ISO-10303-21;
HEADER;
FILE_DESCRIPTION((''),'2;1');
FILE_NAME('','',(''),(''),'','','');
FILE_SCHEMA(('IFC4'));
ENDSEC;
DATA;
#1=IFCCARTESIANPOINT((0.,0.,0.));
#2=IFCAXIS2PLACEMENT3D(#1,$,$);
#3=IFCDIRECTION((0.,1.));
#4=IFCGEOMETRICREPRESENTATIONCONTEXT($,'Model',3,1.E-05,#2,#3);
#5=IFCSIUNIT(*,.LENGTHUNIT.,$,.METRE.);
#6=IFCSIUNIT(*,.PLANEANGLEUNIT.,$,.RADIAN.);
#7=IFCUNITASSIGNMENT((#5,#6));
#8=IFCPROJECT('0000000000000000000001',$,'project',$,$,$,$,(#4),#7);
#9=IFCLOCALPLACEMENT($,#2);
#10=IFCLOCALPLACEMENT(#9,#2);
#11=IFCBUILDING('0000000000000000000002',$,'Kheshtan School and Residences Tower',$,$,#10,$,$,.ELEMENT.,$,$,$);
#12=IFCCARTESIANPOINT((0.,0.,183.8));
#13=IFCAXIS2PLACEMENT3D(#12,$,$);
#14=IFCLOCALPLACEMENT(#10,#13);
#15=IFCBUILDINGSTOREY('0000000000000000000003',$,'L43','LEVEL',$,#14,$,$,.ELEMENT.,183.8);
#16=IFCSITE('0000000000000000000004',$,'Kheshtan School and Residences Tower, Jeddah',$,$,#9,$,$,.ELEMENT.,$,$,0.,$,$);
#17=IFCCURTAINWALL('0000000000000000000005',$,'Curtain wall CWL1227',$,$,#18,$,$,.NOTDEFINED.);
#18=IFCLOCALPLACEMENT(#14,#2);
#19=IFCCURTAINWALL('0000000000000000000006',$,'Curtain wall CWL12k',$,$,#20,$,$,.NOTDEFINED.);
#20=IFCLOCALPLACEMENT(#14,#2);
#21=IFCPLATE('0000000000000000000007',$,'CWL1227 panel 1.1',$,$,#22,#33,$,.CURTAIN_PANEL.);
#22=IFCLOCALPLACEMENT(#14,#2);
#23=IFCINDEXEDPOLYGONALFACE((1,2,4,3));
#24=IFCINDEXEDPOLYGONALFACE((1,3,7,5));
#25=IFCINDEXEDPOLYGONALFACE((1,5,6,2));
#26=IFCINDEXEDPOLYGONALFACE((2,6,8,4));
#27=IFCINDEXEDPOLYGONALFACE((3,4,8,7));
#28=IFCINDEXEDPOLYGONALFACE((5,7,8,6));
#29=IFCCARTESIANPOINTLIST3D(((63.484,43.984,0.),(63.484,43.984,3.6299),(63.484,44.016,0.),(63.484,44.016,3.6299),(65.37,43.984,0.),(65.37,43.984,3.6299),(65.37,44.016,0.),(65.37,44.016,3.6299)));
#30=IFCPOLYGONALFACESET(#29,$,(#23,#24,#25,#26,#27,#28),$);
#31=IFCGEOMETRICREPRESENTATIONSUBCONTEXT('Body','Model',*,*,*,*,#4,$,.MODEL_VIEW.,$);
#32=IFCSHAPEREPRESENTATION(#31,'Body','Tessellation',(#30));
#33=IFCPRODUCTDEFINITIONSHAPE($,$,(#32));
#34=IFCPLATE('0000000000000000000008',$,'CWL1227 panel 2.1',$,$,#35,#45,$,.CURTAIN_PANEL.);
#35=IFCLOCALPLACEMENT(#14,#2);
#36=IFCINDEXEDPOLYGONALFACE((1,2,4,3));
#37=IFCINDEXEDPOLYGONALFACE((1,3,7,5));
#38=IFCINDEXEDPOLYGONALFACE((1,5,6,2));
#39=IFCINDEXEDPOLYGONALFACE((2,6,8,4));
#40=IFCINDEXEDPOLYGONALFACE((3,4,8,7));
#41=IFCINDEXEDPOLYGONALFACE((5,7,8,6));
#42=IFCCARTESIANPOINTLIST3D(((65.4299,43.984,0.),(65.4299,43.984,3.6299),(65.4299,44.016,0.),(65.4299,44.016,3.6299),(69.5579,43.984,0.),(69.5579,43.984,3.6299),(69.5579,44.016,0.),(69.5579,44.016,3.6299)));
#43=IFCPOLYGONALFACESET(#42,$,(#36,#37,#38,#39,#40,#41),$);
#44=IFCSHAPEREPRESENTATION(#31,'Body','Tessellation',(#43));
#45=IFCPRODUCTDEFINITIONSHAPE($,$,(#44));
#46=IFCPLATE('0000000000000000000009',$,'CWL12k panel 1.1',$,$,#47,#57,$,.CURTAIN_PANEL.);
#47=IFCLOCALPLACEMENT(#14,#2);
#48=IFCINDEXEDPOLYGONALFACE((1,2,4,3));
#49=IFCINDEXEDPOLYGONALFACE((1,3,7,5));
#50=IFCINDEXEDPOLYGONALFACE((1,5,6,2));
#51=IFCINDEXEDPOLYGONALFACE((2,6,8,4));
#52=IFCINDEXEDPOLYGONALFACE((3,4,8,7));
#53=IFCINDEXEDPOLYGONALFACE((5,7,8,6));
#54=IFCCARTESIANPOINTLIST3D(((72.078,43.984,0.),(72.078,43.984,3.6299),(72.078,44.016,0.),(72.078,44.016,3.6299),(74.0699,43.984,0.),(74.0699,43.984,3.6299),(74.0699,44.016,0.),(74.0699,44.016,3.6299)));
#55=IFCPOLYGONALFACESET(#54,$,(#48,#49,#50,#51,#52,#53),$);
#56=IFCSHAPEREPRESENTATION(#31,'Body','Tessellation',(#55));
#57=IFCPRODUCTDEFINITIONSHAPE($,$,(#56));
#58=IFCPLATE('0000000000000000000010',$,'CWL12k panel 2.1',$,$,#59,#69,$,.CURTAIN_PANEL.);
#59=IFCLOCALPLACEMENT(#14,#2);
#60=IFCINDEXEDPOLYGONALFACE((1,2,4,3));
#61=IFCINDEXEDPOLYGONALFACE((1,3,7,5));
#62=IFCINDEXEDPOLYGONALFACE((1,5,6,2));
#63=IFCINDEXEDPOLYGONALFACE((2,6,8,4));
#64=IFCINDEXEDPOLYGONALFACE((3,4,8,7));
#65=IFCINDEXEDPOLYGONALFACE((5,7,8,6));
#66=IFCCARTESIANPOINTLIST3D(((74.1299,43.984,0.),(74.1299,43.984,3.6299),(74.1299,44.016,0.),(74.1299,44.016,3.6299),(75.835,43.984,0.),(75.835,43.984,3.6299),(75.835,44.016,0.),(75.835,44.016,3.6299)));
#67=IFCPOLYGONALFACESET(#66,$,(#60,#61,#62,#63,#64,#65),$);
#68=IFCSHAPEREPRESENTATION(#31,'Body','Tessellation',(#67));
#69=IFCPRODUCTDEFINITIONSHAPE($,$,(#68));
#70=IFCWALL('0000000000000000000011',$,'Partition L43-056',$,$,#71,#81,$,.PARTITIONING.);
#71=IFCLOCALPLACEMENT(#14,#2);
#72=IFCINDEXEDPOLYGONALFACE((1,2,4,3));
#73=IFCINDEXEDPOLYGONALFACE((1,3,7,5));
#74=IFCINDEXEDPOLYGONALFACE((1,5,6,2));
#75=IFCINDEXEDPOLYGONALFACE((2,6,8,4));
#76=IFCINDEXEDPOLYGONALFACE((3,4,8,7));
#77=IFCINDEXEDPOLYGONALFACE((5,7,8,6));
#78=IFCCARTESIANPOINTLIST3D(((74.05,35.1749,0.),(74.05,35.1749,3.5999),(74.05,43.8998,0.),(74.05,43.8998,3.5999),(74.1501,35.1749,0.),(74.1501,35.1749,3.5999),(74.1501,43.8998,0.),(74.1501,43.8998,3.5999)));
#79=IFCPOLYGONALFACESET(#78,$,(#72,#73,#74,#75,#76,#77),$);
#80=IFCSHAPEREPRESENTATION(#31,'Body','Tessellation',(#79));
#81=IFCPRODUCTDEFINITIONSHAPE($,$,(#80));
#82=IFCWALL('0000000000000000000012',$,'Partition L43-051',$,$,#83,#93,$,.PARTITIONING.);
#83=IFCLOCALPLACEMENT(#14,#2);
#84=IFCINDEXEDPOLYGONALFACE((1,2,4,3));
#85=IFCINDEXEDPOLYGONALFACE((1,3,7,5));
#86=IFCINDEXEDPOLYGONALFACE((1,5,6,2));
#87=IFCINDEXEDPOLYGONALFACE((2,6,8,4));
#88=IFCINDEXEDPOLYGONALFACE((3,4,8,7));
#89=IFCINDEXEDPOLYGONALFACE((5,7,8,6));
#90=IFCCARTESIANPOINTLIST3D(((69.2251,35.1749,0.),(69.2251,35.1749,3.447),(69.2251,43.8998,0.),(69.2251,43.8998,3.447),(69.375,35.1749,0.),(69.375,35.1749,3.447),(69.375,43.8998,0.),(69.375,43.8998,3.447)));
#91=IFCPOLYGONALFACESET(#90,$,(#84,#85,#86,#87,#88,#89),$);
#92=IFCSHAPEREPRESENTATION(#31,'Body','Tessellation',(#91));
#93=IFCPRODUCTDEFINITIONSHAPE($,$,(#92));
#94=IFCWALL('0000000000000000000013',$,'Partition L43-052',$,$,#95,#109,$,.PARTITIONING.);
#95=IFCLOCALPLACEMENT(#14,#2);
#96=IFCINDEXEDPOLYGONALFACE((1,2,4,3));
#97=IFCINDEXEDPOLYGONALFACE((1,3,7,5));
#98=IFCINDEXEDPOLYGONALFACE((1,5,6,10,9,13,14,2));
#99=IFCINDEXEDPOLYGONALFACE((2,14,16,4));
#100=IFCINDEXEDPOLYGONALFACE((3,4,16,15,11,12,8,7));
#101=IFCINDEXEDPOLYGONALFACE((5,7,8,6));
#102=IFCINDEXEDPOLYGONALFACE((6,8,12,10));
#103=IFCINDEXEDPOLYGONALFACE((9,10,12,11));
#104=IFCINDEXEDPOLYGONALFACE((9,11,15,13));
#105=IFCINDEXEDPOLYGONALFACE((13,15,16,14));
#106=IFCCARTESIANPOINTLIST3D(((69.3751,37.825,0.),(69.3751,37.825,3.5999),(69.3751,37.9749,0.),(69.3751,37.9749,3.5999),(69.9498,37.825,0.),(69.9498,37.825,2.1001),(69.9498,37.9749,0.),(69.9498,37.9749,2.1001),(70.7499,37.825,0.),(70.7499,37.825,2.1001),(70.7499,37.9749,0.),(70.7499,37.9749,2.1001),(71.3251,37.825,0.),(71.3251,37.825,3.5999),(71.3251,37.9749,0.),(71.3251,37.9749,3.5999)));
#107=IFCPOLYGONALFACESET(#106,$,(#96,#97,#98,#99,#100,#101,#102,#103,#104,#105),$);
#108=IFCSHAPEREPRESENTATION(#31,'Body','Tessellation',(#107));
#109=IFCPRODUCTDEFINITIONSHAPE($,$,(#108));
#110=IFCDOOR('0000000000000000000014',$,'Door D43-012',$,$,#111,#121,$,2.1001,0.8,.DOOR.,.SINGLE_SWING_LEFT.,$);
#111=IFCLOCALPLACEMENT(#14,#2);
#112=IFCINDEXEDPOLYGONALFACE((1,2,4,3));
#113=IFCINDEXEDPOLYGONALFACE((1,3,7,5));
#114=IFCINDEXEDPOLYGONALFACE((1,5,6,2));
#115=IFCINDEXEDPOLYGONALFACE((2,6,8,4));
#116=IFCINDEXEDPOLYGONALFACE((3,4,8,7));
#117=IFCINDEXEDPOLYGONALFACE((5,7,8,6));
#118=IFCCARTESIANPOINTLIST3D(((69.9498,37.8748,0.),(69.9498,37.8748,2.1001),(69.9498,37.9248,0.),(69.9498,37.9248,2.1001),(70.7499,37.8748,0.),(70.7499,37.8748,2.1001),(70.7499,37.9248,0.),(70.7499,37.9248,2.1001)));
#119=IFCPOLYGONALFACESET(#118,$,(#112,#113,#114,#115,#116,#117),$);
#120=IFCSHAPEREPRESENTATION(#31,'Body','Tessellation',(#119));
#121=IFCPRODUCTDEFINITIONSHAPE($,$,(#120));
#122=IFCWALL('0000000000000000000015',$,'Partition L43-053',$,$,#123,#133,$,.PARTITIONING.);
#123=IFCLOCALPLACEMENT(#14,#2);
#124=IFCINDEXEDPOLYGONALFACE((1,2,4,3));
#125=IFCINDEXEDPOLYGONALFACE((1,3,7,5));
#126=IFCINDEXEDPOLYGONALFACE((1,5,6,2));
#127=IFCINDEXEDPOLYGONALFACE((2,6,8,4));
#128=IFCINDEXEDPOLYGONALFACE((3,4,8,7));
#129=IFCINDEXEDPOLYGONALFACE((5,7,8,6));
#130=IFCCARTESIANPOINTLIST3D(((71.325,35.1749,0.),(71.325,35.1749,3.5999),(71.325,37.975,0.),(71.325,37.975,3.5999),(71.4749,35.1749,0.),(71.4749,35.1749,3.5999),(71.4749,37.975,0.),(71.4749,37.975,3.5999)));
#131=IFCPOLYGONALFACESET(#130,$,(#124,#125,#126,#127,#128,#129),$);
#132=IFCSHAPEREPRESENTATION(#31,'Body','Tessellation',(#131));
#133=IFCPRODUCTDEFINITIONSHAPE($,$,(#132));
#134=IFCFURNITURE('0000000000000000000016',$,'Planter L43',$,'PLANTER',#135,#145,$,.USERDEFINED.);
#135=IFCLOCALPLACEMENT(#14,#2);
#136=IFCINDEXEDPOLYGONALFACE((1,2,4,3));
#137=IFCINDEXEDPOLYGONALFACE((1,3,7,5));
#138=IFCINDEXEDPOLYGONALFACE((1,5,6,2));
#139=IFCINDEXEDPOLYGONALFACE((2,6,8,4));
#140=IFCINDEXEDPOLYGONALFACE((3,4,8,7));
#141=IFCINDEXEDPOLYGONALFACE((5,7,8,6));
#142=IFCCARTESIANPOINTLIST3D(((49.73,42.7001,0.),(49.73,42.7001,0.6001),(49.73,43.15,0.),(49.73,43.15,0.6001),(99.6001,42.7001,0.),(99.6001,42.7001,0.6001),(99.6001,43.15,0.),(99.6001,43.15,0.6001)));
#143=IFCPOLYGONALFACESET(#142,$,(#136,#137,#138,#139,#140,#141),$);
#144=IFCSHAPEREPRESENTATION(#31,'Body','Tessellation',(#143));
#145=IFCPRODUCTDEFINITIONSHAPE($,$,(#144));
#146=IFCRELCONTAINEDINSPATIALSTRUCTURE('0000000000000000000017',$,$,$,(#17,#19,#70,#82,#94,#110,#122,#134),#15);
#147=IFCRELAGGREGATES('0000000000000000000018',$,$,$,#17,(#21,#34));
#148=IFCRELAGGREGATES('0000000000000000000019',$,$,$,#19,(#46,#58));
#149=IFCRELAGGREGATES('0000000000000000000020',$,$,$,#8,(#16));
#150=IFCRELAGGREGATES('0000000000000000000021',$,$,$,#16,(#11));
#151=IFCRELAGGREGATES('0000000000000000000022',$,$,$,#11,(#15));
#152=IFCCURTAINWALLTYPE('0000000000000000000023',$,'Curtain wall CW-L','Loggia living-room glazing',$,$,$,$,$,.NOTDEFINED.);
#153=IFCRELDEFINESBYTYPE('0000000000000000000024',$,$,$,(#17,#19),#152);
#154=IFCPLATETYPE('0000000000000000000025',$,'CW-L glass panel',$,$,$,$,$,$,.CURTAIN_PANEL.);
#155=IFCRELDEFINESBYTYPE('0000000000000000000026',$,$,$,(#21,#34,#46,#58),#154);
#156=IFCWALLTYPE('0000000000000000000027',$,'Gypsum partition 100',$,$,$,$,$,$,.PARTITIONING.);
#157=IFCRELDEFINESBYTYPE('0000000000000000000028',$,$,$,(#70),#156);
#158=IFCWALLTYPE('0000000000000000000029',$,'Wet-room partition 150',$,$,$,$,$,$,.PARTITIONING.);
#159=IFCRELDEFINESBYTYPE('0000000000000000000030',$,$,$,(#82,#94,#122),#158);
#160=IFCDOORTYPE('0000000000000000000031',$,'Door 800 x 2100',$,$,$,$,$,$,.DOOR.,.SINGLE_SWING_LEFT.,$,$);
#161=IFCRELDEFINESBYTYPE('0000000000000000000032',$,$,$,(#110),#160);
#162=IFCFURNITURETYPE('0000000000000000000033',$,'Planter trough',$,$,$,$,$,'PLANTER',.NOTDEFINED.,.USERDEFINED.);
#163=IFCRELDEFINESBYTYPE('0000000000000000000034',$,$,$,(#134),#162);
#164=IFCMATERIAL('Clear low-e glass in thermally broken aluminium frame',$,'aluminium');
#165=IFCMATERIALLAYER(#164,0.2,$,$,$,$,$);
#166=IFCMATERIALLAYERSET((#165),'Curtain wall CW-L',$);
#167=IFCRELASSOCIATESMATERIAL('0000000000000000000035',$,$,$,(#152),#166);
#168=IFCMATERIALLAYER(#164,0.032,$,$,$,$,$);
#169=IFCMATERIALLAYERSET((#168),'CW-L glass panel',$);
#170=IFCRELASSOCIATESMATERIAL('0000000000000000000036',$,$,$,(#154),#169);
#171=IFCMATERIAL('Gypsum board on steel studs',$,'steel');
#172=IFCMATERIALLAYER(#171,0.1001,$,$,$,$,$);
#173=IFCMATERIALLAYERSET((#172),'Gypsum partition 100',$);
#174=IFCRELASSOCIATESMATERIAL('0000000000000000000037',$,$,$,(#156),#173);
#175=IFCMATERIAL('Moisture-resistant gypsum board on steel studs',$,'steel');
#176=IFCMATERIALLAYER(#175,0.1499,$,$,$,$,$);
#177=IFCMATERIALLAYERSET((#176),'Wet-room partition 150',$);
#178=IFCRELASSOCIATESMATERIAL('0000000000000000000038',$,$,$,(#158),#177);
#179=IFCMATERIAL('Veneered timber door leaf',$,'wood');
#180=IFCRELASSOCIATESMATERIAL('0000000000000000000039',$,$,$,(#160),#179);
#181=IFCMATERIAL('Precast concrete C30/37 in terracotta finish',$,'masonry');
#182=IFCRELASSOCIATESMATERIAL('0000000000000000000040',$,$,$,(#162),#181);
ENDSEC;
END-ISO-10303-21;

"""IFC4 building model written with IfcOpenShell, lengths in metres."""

from ifc_helpers import new_model, si_unit, direction, frame, frame_2d, origin, origin_2d, place, context, subcontext, project, spatial, rectangle, extrude, source, transform, mapped, material, layer, layer_set, type_object, element, fill, aggregate, save


model = new_model("IFC4")

# Units and contexts
model_context = context("Model", 3, precision=1e-05, world=origin(), true_north=direction((0.0, 1.0)))
body_context = subcontext(model_context, "Body", "Model", "MODEL_VIEW")
ifc_project = project(units=[si_unit("LENGTHUNIT", "METRE"), si_unit("PLANEANGLEUNIT", "RADIAN")], contexts=[model_context])

# Site, building, storey
site_placement = place(None, origin())
site = spatial("IfcSite", under=ifc_project, at=site_placement, Name="Kheshtan School and Residences Tower, Jeddah", CompositionType="ELEMENT", RefElevation=0.0)
building_placement = place(site_placement, origin())
building = spatial("IfcBuilding", under=site, at=building_placement, Name="Kheshtan School and Residences Tower", CompositionType="ELEMENT")
storey_placement = place(building_placement, frame((0.0, 0.0, 183.8)))
storey = spatial("IfcBuildingStorey", under=building, at=storey_placement, Name="L43", Description="LEVEL", CompositionType="ELEMENT", Elevation=183.8)

# Curtain walls
ifc_material_1 = material(Name="Clear low-e glass in thermally broken aluminium frame", Category="aluminium")
ifc_layer_1 = layer(ifc_material_1, 0.2)
ifc_layer_set_1 = layer_set([ifc_layer_1], Name="Curtain wall CW-L")
curtain_wall_type = type_object("IfcCurtainWallType", Name="Curtain wall CW-L", Description="Loggia living-room glazing", PredefinedType="NOTDEFINED", material=ifc_layer_set_1)
curtain_wall_1_placement = place(storey_placement, origin())
curtain_wall_1 = element("IfcCurtainWall", 1, at=curtain_wall_1_placement, inside=storey, type_object=curtain_wall_type, Name="Curtain wall CWL1227", PredefinedType="NOTDEFINED")
curtain_wall_2_placement = place(storey_placement, origin())
curtain_wall_2 = element("IfcCurtainWall", 2, at=curtain_wall_2_placement, inside=storey, type_object=curtain_wall_type, Name="Curtain wall CWL12k", PredefinedType="NOTDEFINED")

# Plates
ifc_layer_2 = layer(ifc_material_1, 0.032)
ifc_layer_set_2 = layer_set([ifc_layer_2], Name="CW-L glass panel")
plate_type = type_object("IfcPlateType", Name="CW-L glass panel", PredefinedType="CURTAIN_PANEL", material=ifc_layer_set_2)
plate_1_placement = place(storey_placement, frame((64.427, 44.0, 0.0), z_axis=(0.0, 0.0, 1.0), x_axis=(1.0, 0.0, 0.0)))
plate_1 = element("IfcPlate", 3, at=plate_1_placement, type_object=plate_type, Name="CWL1227 panel 1.1", PredefinedType="CURTAIN_PANEL", context=body_context, shape_type="SweptSolid", body=[
    extrude(rectangle(XDim=1.886, YDim=0.032, at=origin_2d()), origin(), (0.0, 0.0, 1.0), 3.6299),
])
plate_2_placement = place(storey_placement, frame((67.4939, 44.0, 0.0), z_axis=(0.0, 0.0, 1.0), x_axis=(1.0, 0.0, 0.0)))
plate_2 = element("IfcPlate", 4, at=plate_2_placement, type_object=plate_type, Name="CWL1227 panel 2.1", PredefinedType="CURTAIN_PANEL", context=body_context, shape_type="SweptSolid", body=[
    extrude(rectangle(XDim=4.1279, YDim=0.032, at=origin_2d()), origin(), (0.0, 0.0, 1.0), 3.6299),
])
aggregate(curtain_wall_1, [plate_1, plate_2])
plate_3_placement = place(storey_placement, frame((73.074, 44.0, 0.0), z_axis=(0.0, 0.0, 1.0), x_axis=(1.0, 0.0, 0.0)))
plate_3 = element("IfcPlate", 5, at=plate_3_placement, type_object=plate_type, Name="CWL12k panel 1.1", PredefinedType="CURTAIN_PANEL", context=body_context, shape_type="SweptSolid", body=[
    extrude(rectangle(XDim=1.9919, YDim=0.032, at=origin_2d()), origin(), (0.0, 0.0, 1.0), 3.6299),
])
plate_4_placement = place(storey_placement, frame((74.9824, 44.0, 0.0), z_axis=(0.0, 0.0, 1.0), x_axis=(1.0, 0.0, 0.0)))
plate_4 = element("IfcPlate", 6, at=plate_4_placement, type_object=plate_type, Name="CWL12k panel 2.1", PredefinedType="CURTAIN_PANEL", context=body_context, shape_type="SweptSolid", body=[
    extrude(rectangle(XDim=1.7051, YDim=0.032, at=origin_2d()), origin(), (0.0, 0.0, 1.0), 3.6299),
])
aggregate(curtain_wall_2, [plate_3, plate_4])

# Walls
ifc_material_2 = material(Name="Gypsum board on steel studs", Category="steel")
ifc_layer_3 = layer(ifc_material_2, 0.1001)
ifc_layer_set_3 = layer_set([ifc_layer_3], Name="Gypsum partition 100")
wall_type_1 = type_object("IfcWallType", Name="Gypsum partition 100", PredefinedType="PARTITIONING", material=ifc_layer_set_3)
wall_1_placement = place(storey_placement, frame((74.1001, 35.175, 0.0), z_axis=(0.0, 0.0, 1.0), x_axis=(0.0, 1.0, 0.0)))
element("IfcWall", 7, at=wall_1_placement, inside=storey, type_object=wall_type_1, Name="Partition L43-056", PredefinedType="PARTITIONING", context=body_context, shape_type="SweptSolid", body=[
    extrude(rectangle(XDim=8.7249, YDim=0.1001, at=frame_2d((4.3623, 0.0))), origin(), (0.0, 0.0, 1.0), 3.5999),
])
ifc_material_3 = material(Name="Moisture-resistant gypsum board on steel studs", Category="steel")
ifc_layer_4 = layer(ifc_material_3, 0.1499)
ifc_layer_set_4 = layer_set([ifc_layer_4], Name="Wet-room partition 150")
wall_type_2 = type_object("IfcWallType", Name="Wet-room partition 150", PredefinedType="PARTITIONING", material=ifc_layer_set_4)
wall_2_placement = place(storey_placement, frame((69.3, 35.175, 0.0), z_axis=(0.0, 0.0, 1.0), x_axis=(0.0, 1.0, 0.0)))
element("IfcWall", 8, at=wall_2_placement, inside=storey, type_object=wall_type_2, Name="Partition L43-051", PredefinedType="PARTITIONING", context=body_context, shape_type="SweptSolid", body=[
    extrude(rectangle(XDim=8.7249, YDim=0.1499, at=frame_2d((4.3623, 0.0))), origin(), (0.0, 0.0, 1.0), 3.447),
])

# Wall, opening, door
wall_3_placement = place(storey_placement, frame((69.375, 37.8999, 0.0), z_axis=(0.0, 0.0, 1.0), x_axis=(1.0, 0.0, 0.0)))
wall_3 = element("IfcWall", 9, at=wall_3_placement, inside=storey, type_object=wall_type_2, Name="Partition L43-052", PredefinedType="PARTITIONING", context=body_context, shape_type="SweptSolid", body=[
    extrude(rectangle(XDim=1.95, YDim=0.1499, at=frame_2d((0.9751, 0.0))), origin(), (0.0, 0.0, 1.0), 3.5999),
])
opening_1_placement = place(wall_3_placement, frame((0.575, 0.0, 0.0)))
opening_1 = element("IfcOpeningElement", 10, at=opening_1_placement, cuts=wall_3, PredefinedType="OPENING", context=body_context, shape_type="SweptSolid", body=[
    extrude(rectangle(XDim=0.8, YDim=2.1001, at=frame_2d((0.3999, 1.05))), frame((0.0, 0.085, 0.0), z_axis=(0.0, -1.0, 0.0), x_axis=(1.0, 0.0, 0.0)), (0.0, 0.0, 1.0), 0.1699),
])
ifc_material_4 = material(Name="Veneered timber door leaf", Category="wood")
door_type_1 = type_object("IfcDoorType", Name="Door 800 x 2100", OperationType="SINGLE_SWING_LEFT", PredefinedType="DOOR", material=ifc_material_4)
shared_shape_1 = source(origin(), body_context, "Body", "SweptSolid", [
    extrude(rectangle(XDim=0.8, YDim=2.1001, at=frame_2d((0.3999, 1.05))), frame((0.0, 0.0249, 0.0), z_axis=(0.0, -1.0, 0.0), x_axis=(1.0, 0.0, 0.0)), (0.0, 0.0, 1.0), 0.05),
])
door_1_placement = place(opening_1_placement, origin())
door_1 = element("IfcDoor", 11, at=door_1_placement, inside=storey, type_object=door_type_1, Name="Door D43-012", OperationType="SINGLE_SWING_LEFT", OverallHeight=2.1001, OverallWidth=0.8, PredefinedType="DOOR", context=body_context, shape_type="MappedRepresentation", body=[
    mapped(shared_shape_1, transform((0.0, 0.0, 0.0), x_axis=(1.0, 0.0, 0.0), y_axis=(0.0, 1.0, 0.0), z_axis=(0.0, 0.0, 1.0), scale=1.0)),
])
fill(opening_1, door_1)

# Wall
wall_4_placement = place(storey_placement, frame((71.3999, 35.175, 0.0), z_axis=(0.0, 0.0, 1.0), x_axis=(0.0, 1.0, 0.0)))
element("IfcWall", 12, at=wall_4_placement, inside=storey, type_object=wall_type_2, Name="Partition L43-053", PredefinedType="PARTITIONING", context=body_context, shape_type="SweptSolid", body=[
    extrude(rectangle(XDim=2.8, YDim=0.1499, at=frame_2d((1.3999, 0.0))), origin(), (0.0, 0.0, 1.0), 3.5999),
])

# Furniture
ifc_material_5 = material(Name="Precast concrete C30/37 in terracotta finish", Category="masonry")
furniture_type = type_object("IfcFurnitureType", Name="Planter trough", ElementType="PLANTER", AssemblyPlace="NOTDEFINED", PredefinedType="USERDEFINED", material=ifc_material_5)
furniture_placement = place(storey_placement, frame((74.665, 42.925, 0.0), z_axis=(0.0, 0.0, 1.0), x_axis=(1.0, 0.0, 0.0)))
element("IfcFurniture", 13, at=furniture_placement, inside=storey, type_object=furniture_type, Name="Planter L43", ObjectType="PLANTER", PredefinedType="USERDEFINED", context=body_context, shape_type="SweptSolid", body=[
    extrude(rectangle(XDim=49.8701, YDim=0.45, at=origin_2d()), origin(), (0.0, 0.0, 1.0), 0.6001),
])

save(model, "model.ifc")
